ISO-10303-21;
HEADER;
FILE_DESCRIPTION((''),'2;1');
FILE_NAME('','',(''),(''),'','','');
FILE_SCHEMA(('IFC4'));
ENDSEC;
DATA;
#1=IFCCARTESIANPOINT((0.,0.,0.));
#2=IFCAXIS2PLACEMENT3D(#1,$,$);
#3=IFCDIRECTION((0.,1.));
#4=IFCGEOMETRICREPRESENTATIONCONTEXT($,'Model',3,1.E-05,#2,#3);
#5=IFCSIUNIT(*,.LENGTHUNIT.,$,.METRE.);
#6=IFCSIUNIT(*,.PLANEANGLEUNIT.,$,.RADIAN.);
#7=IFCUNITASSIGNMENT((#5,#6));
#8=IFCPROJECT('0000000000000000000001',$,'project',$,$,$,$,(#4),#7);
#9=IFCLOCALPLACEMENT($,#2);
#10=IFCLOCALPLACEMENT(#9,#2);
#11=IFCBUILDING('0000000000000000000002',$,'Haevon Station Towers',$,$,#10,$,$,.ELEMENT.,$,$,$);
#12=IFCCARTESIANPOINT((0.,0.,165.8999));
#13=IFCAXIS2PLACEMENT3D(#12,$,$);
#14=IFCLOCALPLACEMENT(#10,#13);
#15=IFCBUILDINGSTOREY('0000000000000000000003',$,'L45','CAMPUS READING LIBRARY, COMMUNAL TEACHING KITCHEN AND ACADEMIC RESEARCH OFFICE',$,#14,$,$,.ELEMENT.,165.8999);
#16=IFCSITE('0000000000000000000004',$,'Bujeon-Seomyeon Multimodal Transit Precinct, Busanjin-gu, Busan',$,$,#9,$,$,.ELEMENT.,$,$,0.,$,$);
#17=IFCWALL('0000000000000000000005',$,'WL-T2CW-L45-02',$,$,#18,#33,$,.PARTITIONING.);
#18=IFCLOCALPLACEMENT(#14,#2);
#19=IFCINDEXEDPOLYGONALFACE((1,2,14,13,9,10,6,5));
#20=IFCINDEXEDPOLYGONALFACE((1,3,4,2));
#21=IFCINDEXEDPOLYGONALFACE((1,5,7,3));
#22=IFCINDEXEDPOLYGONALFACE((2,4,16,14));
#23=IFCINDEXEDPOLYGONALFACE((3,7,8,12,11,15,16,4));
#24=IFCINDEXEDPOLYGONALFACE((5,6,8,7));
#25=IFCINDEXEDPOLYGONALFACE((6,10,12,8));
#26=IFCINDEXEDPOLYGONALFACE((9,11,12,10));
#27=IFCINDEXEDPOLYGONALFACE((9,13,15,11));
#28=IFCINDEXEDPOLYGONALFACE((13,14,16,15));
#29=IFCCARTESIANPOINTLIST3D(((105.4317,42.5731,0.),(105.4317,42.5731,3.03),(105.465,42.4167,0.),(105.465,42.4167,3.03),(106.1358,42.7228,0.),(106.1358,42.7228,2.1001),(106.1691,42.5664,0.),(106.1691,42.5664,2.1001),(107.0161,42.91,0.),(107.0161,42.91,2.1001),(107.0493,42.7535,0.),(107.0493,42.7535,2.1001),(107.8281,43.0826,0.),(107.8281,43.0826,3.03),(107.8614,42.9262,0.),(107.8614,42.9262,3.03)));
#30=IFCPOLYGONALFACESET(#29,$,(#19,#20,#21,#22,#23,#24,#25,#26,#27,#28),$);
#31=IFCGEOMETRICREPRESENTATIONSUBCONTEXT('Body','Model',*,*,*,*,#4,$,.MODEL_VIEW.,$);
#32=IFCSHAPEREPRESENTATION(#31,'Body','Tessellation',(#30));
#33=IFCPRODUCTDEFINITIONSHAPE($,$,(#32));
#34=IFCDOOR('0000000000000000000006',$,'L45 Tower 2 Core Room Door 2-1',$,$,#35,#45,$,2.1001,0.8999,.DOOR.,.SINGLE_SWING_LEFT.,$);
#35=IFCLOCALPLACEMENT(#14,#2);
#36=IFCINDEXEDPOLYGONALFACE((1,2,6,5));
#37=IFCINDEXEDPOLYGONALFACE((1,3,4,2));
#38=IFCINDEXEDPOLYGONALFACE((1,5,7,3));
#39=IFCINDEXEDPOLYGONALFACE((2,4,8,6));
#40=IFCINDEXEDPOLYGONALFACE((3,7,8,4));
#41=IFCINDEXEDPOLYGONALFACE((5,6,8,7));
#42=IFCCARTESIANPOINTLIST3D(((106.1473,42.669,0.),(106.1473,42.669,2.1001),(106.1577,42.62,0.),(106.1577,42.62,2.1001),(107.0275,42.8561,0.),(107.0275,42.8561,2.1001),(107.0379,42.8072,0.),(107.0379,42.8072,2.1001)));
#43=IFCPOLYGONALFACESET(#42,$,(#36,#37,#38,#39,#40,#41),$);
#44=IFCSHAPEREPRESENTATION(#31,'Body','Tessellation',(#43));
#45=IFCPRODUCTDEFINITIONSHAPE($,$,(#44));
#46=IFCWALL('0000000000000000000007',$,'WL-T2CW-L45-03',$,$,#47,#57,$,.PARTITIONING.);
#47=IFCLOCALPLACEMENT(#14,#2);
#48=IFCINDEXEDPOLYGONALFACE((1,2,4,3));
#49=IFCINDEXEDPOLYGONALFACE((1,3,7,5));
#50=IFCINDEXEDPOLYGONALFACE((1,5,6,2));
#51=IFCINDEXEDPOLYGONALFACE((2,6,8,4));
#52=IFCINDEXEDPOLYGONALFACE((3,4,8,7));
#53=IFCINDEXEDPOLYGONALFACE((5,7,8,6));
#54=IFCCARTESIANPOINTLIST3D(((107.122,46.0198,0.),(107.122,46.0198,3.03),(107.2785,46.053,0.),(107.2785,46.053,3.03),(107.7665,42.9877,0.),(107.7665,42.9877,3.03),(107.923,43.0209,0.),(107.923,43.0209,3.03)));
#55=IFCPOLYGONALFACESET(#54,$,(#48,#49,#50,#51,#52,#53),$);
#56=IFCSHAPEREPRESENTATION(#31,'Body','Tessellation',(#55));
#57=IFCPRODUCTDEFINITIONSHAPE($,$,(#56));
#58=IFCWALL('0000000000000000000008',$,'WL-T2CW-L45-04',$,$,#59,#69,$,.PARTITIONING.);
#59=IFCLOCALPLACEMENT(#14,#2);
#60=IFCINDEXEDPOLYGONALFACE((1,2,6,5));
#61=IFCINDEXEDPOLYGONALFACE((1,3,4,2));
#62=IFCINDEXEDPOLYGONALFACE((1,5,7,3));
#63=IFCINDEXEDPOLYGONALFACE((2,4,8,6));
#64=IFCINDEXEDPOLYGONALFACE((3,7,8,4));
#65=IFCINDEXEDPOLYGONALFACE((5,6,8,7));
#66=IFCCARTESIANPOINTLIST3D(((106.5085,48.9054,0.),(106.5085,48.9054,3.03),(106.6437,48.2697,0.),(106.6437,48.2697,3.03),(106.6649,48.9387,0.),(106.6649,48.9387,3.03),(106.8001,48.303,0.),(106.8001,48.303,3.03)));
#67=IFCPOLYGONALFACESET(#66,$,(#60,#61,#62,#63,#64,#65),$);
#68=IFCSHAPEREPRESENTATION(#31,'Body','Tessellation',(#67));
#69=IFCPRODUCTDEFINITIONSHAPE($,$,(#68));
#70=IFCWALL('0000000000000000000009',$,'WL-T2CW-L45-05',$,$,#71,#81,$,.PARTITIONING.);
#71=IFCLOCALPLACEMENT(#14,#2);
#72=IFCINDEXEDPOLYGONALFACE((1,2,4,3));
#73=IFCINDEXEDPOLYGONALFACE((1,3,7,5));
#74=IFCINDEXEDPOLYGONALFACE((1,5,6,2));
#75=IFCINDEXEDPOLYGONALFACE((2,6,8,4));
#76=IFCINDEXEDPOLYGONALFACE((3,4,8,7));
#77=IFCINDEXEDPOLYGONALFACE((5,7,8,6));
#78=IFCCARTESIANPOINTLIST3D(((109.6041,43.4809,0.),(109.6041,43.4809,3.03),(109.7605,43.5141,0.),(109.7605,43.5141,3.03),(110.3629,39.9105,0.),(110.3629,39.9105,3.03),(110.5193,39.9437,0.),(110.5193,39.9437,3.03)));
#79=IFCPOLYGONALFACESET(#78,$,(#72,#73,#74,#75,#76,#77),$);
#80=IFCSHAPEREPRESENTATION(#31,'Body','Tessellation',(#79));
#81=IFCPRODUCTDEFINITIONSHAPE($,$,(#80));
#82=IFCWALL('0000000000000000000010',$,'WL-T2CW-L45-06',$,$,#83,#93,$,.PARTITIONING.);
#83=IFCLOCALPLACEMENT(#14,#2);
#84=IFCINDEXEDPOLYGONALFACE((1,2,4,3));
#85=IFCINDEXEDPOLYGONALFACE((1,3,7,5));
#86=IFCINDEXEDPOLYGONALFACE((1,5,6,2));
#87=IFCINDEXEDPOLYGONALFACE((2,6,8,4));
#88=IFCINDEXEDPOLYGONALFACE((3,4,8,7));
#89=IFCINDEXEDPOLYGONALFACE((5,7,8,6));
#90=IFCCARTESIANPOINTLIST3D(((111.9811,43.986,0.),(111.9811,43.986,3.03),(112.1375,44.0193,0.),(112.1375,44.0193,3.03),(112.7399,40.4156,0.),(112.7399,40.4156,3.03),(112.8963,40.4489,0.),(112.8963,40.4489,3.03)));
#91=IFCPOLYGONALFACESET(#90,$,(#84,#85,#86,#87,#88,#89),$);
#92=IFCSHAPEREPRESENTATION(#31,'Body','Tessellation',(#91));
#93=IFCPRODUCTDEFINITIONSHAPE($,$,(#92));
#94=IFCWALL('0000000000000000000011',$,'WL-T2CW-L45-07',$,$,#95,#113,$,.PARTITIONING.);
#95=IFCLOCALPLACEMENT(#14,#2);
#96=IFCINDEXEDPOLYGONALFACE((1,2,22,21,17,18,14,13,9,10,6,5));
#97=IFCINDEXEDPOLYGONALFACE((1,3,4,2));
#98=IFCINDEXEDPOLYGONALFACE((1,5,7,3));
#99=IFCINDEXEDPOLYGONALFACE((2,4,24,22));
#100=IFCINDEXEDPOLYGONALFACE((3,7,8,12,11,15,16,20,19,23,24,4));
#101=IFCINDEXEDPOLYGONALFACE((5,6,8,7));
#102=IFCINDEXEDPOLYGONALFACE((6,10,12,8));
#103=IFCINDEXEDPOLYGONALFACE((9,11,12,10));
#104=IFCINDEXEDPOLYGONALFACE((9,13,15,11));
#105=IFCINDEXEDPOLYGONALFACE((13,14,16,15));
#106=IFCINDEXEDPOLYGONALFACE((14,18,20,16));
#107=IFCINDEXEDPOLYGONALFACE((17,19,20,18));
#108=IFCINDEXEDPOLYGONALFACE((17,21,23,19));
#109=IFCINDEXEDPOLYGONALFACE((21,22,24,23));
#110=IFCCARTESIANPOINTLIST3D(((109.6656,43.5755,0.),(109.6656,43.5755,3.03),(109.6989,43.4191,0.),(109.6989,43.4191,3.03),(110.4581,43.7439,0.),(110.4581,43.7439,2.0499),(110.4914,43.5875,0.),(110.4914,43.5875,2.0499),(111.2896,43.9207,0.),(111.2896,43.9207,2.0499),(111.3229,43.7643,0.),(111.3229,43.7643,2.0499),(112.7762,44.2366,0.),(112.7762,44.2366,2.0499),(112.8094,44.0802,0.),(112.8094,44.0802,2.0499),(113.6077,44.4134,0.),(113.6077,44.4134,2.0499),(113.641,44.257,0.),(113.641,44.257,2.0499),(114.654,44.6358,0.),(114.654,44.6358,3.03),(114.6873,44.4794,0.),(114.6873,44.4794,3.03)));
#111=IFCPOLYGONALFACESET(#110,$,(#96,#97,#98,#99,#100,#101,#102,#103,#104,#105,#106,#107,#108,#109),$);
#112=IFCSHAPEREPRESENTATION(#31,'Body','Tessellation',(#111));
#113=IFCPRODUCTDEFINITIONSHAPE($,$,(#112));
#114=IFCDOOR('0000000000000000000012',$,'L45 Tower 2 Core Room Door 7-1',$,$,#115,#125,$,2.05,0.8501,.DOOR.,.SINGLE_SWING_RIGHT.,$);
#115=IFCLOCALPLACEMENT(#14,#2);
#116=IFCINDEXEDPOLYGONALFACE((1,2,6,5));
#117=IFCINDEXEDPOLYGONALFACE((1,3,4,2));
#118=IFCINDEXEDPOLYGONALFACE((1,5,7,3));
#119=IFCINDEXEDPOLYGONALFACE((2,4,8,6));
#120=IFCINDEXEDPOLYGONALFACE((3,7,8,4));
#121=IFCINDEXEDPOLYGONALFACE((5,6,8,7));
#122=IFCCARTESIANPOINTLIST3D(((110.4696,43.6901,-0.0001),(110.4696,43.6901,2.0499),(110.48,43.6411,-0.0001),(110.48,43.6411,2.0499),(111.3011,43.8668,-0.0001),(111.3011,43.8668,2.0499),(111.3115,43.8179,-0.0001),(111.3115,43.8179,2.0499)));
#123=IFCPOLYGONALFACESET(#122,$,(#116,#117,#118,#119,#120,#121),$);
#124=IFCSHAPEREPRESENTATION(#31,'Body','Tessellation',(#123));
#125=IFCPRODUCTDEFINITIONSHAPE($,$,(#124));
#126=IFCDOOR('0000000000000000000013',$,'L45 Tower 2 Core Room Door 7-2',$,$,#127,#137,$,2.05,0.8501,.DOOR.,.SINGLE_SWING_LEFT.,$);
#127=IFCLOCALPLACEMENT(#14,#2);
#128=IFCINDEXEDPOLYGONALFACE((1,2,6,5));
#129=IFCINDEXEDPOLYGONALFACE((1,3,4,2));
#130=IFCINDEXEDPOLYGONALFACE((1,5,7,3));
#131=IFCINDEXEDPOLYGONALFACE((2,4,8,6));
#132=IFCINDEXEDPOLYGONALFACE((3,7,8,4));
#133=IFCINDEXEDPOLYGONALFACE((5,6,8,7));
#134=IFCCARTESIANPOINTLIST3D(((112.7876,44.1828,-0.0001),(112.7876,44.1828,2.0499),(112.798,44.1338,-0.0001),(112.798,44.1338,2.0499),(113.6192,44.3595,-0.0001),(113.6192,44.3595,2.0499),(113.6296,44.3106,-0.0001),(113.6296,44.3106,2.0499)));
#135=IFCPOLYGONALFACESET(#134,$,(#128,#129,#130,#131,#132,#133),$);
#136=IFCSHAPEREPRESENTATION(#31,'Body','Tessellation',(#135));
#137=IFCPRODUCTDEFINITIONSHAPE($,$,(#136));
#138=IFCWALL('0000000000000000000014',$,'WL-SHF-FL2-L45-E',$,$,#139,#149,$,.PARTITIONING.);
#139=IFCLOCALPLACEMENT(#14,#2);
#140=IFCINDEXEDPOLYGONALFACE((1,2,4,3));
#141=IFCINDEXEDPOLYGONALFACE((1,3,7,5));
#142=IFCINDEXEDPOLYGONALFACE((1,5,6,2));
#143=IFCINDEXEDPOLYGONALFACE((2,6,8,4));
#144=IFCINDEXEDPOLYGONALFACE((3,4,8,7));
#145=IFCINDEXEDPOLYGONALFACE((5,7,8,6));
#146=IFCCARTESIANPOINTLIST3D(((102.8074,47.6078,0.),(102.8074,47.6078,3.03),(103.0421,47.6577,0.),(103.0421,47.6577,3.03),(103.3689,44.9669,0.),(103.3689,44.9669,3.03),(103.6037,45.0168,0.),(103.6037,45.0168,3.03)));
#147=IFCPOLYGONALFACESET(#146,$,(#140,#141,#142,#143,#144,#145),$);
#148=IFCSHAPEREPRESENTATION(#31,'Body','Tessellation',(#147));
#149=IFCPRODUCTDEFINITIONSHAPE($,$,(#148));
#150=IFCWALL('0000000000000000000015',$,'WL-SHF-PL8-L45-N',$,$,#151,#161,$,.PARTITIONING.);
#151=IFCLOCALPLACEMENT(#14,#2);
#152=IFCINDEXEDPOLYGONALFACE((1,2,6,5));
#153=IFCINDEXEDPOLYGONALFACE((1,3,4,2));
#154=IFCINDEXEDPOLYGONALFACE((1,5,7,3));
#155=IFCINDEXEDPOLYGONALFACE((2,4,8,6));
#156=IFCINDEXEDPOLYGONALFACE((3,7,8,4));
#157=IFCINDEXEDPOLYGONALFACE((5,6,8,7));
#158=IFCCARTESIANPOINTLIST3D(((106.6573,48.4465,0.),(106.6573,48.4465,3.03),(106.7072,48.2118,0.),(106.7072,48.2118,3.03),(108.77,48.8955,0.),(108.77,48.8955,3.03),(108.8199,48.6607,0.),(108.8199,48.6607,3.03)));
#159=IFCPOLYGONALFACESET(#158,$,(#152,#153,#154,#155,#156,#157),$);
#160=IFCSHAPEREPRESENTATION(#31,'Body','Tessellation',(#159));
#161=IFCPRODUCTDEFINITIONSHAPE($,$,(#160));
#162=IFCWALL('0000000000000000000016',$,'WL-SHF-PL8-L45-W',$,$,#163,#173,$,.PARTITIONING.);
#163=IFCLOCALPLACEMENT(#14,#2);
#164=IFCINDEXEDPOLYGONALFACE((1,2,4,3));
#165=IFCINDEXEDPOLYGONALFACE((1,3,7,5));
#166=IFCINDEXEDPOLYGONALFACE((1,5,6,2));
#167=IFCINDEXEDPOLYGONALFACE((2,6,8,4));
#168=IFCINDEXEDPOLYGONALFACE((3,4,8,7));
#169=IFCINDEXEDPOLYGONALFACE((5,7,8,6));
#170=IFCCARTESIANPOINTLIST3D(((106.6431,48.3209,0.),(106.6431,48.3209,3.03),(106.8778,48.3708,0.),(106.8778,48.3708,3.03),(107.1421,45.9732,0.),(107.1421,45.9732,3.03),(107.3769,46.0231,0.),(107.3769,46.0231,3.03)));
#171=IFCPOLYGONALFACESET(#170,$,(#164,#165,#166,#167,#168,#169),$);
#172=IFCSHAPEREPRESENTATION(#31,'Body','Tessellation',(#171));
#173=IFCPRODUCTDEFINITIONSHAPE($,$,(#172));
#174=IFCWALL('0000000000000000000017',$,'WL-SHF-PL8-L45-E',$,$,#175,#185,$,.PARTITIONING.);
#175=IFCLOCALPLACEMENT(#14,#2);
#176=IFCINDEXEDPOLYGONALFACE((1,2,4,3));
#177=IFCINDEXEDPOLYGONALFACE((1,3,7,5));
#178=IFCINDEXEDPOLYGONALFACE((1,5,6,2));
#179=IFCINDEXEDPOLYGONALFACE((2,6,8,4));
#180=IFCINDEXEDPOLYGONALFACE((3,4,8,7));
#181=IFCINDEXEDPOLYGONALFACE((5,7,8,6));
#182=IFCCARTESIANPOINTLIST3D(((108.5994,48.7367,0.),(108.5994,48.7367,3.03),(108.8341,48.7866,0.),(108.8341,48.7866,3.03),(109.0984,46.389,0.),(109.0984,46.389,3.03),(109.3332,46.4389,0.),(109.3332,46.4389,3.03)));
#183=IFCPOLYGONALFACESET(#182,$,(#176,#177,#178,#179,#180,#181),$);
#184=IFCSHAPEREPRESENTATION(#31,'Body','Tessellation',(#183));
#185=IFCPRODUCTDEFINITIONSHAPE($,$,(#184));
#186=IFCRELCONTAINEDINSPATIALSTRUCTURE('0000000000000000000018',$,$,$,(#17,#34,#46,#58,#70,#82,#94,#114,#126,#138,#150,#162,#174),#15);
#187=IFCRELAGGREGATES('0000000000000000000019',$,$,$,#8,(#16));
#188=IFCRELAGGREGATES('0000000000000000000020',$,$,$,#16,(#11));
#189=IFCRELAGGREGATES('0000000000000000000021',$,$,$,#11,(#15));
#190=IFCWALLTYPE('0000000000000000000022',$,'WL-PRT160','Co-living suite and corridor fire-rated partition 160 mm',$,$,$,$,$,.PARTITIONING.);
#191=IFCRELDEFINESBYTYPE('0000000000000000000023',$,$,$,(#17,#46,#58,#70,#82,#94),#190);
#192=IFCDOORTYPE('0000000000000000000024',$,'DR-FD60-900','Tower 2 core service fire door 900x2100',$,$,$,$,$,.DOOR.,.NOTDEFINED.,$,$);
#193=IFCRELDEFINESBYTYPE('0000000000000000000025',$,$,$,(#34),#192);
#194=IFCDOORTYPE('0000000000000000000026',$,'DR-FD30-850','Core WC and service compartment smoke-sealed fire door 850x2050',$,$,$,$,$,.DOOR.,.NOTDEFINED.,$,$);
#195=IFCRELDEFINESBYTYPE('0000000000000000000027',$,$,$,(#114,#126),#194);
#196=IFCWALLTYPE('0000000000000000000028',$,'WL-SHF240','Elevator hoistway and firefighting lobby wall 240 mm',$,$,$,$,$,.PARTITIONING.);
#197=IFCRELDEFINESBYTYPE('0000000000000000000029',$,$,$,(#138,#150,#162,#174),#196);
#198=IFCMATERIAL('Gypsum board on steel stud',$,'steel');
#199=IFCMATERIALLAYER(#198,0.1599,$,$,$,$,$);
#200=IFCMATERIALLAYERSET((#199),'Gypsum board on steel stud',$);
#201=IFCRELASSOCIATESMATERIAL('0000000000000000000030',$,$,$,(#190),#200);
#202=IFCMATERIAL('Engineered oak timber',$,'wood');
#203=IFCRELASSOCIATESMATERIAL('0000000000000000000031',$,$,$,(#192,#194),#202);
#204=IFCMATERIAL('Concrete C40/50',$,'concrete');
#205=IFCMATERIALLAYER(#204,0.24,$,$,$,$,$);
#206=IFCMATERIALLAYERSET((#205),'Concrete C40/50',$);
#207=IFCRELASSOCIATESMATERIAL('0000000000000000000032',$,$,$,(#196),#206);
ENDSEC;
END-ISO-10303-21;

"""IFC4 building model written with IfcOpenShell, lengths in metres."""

from ifc_helpers import new_model, si_unit, direction, frame, frame_2d, origin, place, context, subcontext, project, spatial, rectangle, extrude, material, layer, layer_set, type_object, element, fill, save


model = new_model("IFC4")

# Units and contexts
model_context = context("Model", 3, precision=1e-05, world=origin(), true_north=direction((0.0, 1.0)))
body_context = subcontext(model_context, "Body", "Model", "MODEL_VIEW")
ifc_project = project(units=[si_unit("LENGTHUNIT", "METRE"), si_unit("PLANEANGLEUNIT", "RADIAN")], contexts=[model_context])

# Site, building, storey
site_placement = place(None, origin())
site = spatial("IfcSite", under=ifc_project, at=site_placement, Name="Bujeon-Seomyeon Multimodal Transit Precinct, Busanjin-gu, Busan", CompositionType="ELEMENT", RefElevation=0.0)
building_placement = place(site_placement, origin())
building = spatial("IfcBuilding", under=site, at=building_placement, Name="Haevon Station Towers", CompositionType="ELEMENT")
storey_placement = place(building_placement, frame((0.0, 0.0, 165.8999)))
storey = spatial("IfcBuildingStorey", under=building, at=storey_placement, Name="L45", Description="CAMPUS READING LIBRARY, COMMUNAL TEACHING KITCHEN AND ACADEMIC RESEARCH OFFICE", CompositionType="ELEMENT", Elevation=165.8999)

# Shared definitions
ifc_material_1 = material(Name="Gypsum board on steel stud", Category="steel")
ifc_material_2 = material(Name="Engineered oak timber", Category="wood")

# Shared definitions
ifc_layer_1 = layer(ifc_material_1, 0.1599)
ifc_layer_set_1 = layer_set([ifc_layer_1], Name="Gypsum board on steel stud")
wall_type_1 = type_object("IfcWallType", Name="WL-PRT160", Description="Co-living suite and corridor fire-rated partition 160 mm", PredefinedType="PARTITIONING", material=ifc_layer_set_1)

# Wall, opening, door
wall_1_placement = place(storey_placement, frame((105.4482, 42.4949, 0.0), z_axis=(0.0, 0.0, 1.0), x_axis=(0.978137, 0.207964, 0.0)))
wall_1 = element("IfcWall", 1, at=wall_1_placement, inside=storey, type_object=wall_type_1, Name="WL-T2CW-L45-02", PredefinedType="PARTITIONING", context=body_context, shape_type="SweptSolid", body=[
    extrude(rectangle(XDim=2.45, YDim=0.1599, at=frame_2d((1.2251, 0.0))), origin(), (0.0, 0.0, 1.0), 3.03),
])
opening_1_placement = place(wall_1_placement, frame((0.72, 0.0, 0.0)))
opening_1 = element("IfcOpeningElement", 2, at=opening_1_placement, cuts=wall_1, PredefinedType="OPENING", context=body_context, shape_type="SweptSolid", body=[
    extrude(rectangle(XDim=0.8999, YDim=2.1001, at=frame_2d((0.45, 1.05))), frame((0.0, 0.0898, 0.0), z_axis=(0.0, -1.0, 0.0), x_axis=(1.0, 0.0, 0.0)), (0.0, 0.0, 1.0), 0.1799),
])
door_type_1 = type_object("IfcDoorType", Name="DR-FD60-900", Description="Tower 2 core service fire door 900x2100", OperationType="NOTDEFINED", PredefinedType="DOOR", material=ifc_material_2)
door_1_placement = place(opening_1_placement, origin())
door_1 = element("IfcDoor", 3, at=door_1_placement, inside=storey, type_object=door_type_1, Name="L45 Tower 2 Core Room Door 2-1", OperationType="SINGLE_SWING_LEFT", OverallHeight=2.1001, OverallWidth=0.8999, PredefinedType="DOOR", context=body_context, shape_type="SweptSolid", body=[
    extrude(rectangle(XDim=0.8999, YDim=2.1001, at=frame_2d((0.45, 1.05))), frame((0.0, 0.0249, 0.0), z_axis=(0.0, -1.0, 0.0), x_axis=(1.0, 0.0, 0.0)), (0.0, 0.0, 1.0), 0.05),
])
fill(opening_1, door_1)

# Walls
wall_2_placement = place(storey_placement, frame((107.8447, 43.0044, 0.0), z_axis=(0.0, 0.0, 1.0), x_axis=(-0.207915, 0.978147, 0.0)))
element("IfcWall", 4, at=wall_2_placement, inside=storey, type_object=wall_type_1, Name="WL-T2CW-L45-03", PredefinedType="PARTITIONING", context=body_context, shape_type="SweptSolid", body=[
    extrude(rectangle(XDim=3.0999, YDim=0.1599, at=frame_2d((1.5498, 0.0))), origin(), (0.0, 0.0, 1.0), 3.03),
])
wall_3_placement = place(storey_placement, frame((106.7219, 48.2864, 0.0), z_axis=(0.0, 0.0, 1.0), x_axis=(-0.208092, 0.978109, 0.0)))
element("IfcWall", 5, at=wall_3_placement, inside=storey, type_object=wall_type_1, Name="WL-T2CW-L45-04", PredefinedType="PARTITIONING", context=body_context, shape_type="SweptSolid", body=[
    extrude(rectangle(XDim=0.6499, YDim=0.1599, at=frame_2d((0.325, 0.0))), origin(), (0.0, 0.0, 1.0), 3.03),
])
for number, where, z_axis, x_axis, name in (
    (6, (110.4412, 39.927, 0.0), (0.0, 0.0, 1.0), (-0.207884, 0.978153, 0.0), "WL-T2CW-L45-05"),
    (7, (112.8181, 40.4321, 0.0), (0.0, 0.0, 1.0), (-0.207884, 0.978153, 0.0), "WL-T2CW-L45-06"),
):
    element("IfcWall", number, at=place(storey_placement, frame(where, z_axis=z_axis, x_axis=x_axis)), inside=storey, type_object=wall_type_1, Name=name, PredefinedType="PARTITIONING", context=body_context, shape_type="SweptSolid", body=[
        extrude(rectangle(XDim=3.6501, YDim=0.1599, at=frame_2d((1.8252, 0.0))), origin(), (0.0, 0.0, 1.0), 3.03),
    ])

# Wall, openings, doors
wall_4_placement = place(storey_placement, frame((109.6824, 43.4973, 0.0), z_axis=(0.0, 0.0, 1.0), x_axis=(0.978149, 0.207904, 0.0)))
wall_4 = element("IfcWall", 8, at=wall_4_placement, inside=storey, type_object=wall_type_1, Name="WL-T2CW-L45-07", PredefinedType="PARTITIONING", context=body_context, shape_type="SweptSolid", body=[
    extrude(rectangle(XDim=5.0999, YDim=0.1599, at=frame_2d((2.5498, 0.0))), origin(), (0.0, 0.0, 1.0), 3.03),
])
opening_2_placement = place(wall_4_placement, frame((0.8101, 0.0, 0.0)))
opening_2 = element("IfcOpeningElement", 9, at=opening_2_placement, cuts=wall_4, PredefinedType="OPENING", context=body_context, shape_type="SweptSolid", body=[
    extrude(rectangle(XDim=0.8501, YDim=2.05, at=frame_2d((0.425, 1.0249))), frame((0.0, 0.0898, 0.0), z_axis=(0.0, -1.0, 0.0), x_axis=(1.0, 0.0, 0.0)), (0.0, 0.0, 1.0), 0.1799),
])
opening_3_placement = place(wall_4_placement, frame((3.1799, 0.0, 0.0)))
opening_3 = element("IfcOpeningElement", 10, at=opening_3_placement, cuts=wall_4, PredefinedType="OPENING", context=body_context, shape_type="SweptSolid", body=[
    extrude(rectangle(XDim=0.8501, YDim=2.05, at=frame_2d((0.425, 1.0249))), frame((0.0, 0.0898, 0.0), z_axis=(0.0, -1.0, 0.0), x_axis=(1.0, 0.0, 0.0)), (0.0, 0.0, 1.0), 0.1799),
])
door_type_2 = type_object("IfcDoorType", Name="DR-FD30-850", Description="Core WC and service compartment smoke-sealed fire door 850x2050", OperationType="NOTDEFINED", PredefinedType="DOOR", material=ifc_material_2)
door_2_placement = place(opening_2_placement, origin())
door_2 = element("IfcDoor", 11, at=door_2_placement, inside=storey, type_object=door_type_2, Name="L45 Tower 2 Core Room Door 7-1", OperationType="SINGLE_SWING_RIGHT", OverallHeight=2.05, OverallWidth=0.8501, PredefinedType="DOOR", context=body_context, shape_type="SweptSolid", body=[
    extrude(rectangle(XDim=0.8501, YDim=2.05, at=frame_2d((0.425, 1.0249))), frame((0.0, 0.0249, 0.0), z_axis=(0.0, -1.0, 0.0), x_axis=(1.0, 0.0, 0.0)), (0.0, 0.0, 1.0), 0.05),
])
fill(opening_2, door_2)
door_3_placement = place(opening_3_placement, origin())
door_3 = element("IfcDoor", 12, at=door_3_placement, inside=storey, type_object=door_type_2, Name="L45 Tower 2 Core Room Door 7-2", OperationType="SINGLE_SWING_LEFT", OverallHeight=2.05, OverallWidth=0.8501, PredefinedType="DOOR", context=body_context, shape_type="SweptSolid", body=[
    extrude(rectangle(XDim=0.8501, YDim=2.05, at=frame_2d((0.425, 1.0249))), frame((0.0, 0.0249, 0.0), z_axis=(0.0, -1.0, 0.0), x_axis=(1.0, 0.0, 0.0)), (0.0, 0.0, 1.0), 0.05),
])
fill(opening_3, door_3)

# Wall
ifc_material_3 = material(Name="Concrete C40/50", Category="concrete")
ifc_layer_2 = layer(ifc_material_3, 0.24)
ifc_layer_set_2 = layer_set([ifc_layer_2], Name="Concrete C40/50")
wall_type_2 = type_object("IfcWallType", Name="WL-SHF240", Description="Elevator hoistway and firefighting lobby wall 240 mm", PredefinedType="PARTITIONING", material=ifc_layer_set_2)
wall_5_placement = place(storey_placement, frame((103.4863, 44.9917, 0.0), z_axis=(0.0, 0.0, 1.0), x_axis=(-0.207979, 0.978133, 0.0)))
element("IfcWall", 13, at=wall_5_placement, inside=storey, type_object=wall_type_2, Name="WL-SHF-FL2-L45-E", PredefinedType="PARTITIONING", context=body_context, shape_type="SweptSolid", body=[
    extrude(rectangle(XDim=2.7, YDim=0.24, at=frame_2d((1.3501, 0.0))), origin(), (0.0, 0.0, 1.0), 3.03),
])

# Walls
wall_6_placement = place(storey_placement, frame((106.6821, 48.3291, 0.0), z_axis=(0.0, 0.0, 1.0), x_axis=(0.978158, 0.207861, 0.0)))
element("IfcWall", 14, at=wall_6_placement, inside=storey, type_object=wall_type_2, Name="WL-SHF-PL8-L45-N", PredefinedType="PARTITIONING", context=body_context, shape_type="SweptSolid", body=[
    extrude(rectangle(XDim=2.1599, YDim=0.24, at=frame_2d((1.0801, 0.0))), origin(), (0.0, 0.0, 1.0), 3.03),
])
for number, where, z_axis, x_axis, name in (
    (15, (107.2595, 45.998, 0.0), (0.0, 0.0, 1.0), (-0.207917, 0.978146, 0.0), "WL-SHF-PL8-L45-W"),
    (16, (109.2158, 46.4138, 0.0), (0.0, 0.0, 1.0), (-0.207917, 0.978146, 0.0), "WL-SHF-PL8-L45-E"),
):
    element("IfcWall", number, at=place(storey_placement, frame(where, z_axis=z_axis, x_axis=x_axis)), inside=storey, type_object=wall_type_2, Name=name, PredefinedType="PARTITIONING", context=body_context, shape_type="SweptSolid", body=[
        extrude(rectangle(XDim=2.4001, YDim=0.24, at=frame_2d((1.2002, 0.0))), origin(), (0.0, 0.0, 1.0), 3.03),
    ])

save(model, "model.ifc")
